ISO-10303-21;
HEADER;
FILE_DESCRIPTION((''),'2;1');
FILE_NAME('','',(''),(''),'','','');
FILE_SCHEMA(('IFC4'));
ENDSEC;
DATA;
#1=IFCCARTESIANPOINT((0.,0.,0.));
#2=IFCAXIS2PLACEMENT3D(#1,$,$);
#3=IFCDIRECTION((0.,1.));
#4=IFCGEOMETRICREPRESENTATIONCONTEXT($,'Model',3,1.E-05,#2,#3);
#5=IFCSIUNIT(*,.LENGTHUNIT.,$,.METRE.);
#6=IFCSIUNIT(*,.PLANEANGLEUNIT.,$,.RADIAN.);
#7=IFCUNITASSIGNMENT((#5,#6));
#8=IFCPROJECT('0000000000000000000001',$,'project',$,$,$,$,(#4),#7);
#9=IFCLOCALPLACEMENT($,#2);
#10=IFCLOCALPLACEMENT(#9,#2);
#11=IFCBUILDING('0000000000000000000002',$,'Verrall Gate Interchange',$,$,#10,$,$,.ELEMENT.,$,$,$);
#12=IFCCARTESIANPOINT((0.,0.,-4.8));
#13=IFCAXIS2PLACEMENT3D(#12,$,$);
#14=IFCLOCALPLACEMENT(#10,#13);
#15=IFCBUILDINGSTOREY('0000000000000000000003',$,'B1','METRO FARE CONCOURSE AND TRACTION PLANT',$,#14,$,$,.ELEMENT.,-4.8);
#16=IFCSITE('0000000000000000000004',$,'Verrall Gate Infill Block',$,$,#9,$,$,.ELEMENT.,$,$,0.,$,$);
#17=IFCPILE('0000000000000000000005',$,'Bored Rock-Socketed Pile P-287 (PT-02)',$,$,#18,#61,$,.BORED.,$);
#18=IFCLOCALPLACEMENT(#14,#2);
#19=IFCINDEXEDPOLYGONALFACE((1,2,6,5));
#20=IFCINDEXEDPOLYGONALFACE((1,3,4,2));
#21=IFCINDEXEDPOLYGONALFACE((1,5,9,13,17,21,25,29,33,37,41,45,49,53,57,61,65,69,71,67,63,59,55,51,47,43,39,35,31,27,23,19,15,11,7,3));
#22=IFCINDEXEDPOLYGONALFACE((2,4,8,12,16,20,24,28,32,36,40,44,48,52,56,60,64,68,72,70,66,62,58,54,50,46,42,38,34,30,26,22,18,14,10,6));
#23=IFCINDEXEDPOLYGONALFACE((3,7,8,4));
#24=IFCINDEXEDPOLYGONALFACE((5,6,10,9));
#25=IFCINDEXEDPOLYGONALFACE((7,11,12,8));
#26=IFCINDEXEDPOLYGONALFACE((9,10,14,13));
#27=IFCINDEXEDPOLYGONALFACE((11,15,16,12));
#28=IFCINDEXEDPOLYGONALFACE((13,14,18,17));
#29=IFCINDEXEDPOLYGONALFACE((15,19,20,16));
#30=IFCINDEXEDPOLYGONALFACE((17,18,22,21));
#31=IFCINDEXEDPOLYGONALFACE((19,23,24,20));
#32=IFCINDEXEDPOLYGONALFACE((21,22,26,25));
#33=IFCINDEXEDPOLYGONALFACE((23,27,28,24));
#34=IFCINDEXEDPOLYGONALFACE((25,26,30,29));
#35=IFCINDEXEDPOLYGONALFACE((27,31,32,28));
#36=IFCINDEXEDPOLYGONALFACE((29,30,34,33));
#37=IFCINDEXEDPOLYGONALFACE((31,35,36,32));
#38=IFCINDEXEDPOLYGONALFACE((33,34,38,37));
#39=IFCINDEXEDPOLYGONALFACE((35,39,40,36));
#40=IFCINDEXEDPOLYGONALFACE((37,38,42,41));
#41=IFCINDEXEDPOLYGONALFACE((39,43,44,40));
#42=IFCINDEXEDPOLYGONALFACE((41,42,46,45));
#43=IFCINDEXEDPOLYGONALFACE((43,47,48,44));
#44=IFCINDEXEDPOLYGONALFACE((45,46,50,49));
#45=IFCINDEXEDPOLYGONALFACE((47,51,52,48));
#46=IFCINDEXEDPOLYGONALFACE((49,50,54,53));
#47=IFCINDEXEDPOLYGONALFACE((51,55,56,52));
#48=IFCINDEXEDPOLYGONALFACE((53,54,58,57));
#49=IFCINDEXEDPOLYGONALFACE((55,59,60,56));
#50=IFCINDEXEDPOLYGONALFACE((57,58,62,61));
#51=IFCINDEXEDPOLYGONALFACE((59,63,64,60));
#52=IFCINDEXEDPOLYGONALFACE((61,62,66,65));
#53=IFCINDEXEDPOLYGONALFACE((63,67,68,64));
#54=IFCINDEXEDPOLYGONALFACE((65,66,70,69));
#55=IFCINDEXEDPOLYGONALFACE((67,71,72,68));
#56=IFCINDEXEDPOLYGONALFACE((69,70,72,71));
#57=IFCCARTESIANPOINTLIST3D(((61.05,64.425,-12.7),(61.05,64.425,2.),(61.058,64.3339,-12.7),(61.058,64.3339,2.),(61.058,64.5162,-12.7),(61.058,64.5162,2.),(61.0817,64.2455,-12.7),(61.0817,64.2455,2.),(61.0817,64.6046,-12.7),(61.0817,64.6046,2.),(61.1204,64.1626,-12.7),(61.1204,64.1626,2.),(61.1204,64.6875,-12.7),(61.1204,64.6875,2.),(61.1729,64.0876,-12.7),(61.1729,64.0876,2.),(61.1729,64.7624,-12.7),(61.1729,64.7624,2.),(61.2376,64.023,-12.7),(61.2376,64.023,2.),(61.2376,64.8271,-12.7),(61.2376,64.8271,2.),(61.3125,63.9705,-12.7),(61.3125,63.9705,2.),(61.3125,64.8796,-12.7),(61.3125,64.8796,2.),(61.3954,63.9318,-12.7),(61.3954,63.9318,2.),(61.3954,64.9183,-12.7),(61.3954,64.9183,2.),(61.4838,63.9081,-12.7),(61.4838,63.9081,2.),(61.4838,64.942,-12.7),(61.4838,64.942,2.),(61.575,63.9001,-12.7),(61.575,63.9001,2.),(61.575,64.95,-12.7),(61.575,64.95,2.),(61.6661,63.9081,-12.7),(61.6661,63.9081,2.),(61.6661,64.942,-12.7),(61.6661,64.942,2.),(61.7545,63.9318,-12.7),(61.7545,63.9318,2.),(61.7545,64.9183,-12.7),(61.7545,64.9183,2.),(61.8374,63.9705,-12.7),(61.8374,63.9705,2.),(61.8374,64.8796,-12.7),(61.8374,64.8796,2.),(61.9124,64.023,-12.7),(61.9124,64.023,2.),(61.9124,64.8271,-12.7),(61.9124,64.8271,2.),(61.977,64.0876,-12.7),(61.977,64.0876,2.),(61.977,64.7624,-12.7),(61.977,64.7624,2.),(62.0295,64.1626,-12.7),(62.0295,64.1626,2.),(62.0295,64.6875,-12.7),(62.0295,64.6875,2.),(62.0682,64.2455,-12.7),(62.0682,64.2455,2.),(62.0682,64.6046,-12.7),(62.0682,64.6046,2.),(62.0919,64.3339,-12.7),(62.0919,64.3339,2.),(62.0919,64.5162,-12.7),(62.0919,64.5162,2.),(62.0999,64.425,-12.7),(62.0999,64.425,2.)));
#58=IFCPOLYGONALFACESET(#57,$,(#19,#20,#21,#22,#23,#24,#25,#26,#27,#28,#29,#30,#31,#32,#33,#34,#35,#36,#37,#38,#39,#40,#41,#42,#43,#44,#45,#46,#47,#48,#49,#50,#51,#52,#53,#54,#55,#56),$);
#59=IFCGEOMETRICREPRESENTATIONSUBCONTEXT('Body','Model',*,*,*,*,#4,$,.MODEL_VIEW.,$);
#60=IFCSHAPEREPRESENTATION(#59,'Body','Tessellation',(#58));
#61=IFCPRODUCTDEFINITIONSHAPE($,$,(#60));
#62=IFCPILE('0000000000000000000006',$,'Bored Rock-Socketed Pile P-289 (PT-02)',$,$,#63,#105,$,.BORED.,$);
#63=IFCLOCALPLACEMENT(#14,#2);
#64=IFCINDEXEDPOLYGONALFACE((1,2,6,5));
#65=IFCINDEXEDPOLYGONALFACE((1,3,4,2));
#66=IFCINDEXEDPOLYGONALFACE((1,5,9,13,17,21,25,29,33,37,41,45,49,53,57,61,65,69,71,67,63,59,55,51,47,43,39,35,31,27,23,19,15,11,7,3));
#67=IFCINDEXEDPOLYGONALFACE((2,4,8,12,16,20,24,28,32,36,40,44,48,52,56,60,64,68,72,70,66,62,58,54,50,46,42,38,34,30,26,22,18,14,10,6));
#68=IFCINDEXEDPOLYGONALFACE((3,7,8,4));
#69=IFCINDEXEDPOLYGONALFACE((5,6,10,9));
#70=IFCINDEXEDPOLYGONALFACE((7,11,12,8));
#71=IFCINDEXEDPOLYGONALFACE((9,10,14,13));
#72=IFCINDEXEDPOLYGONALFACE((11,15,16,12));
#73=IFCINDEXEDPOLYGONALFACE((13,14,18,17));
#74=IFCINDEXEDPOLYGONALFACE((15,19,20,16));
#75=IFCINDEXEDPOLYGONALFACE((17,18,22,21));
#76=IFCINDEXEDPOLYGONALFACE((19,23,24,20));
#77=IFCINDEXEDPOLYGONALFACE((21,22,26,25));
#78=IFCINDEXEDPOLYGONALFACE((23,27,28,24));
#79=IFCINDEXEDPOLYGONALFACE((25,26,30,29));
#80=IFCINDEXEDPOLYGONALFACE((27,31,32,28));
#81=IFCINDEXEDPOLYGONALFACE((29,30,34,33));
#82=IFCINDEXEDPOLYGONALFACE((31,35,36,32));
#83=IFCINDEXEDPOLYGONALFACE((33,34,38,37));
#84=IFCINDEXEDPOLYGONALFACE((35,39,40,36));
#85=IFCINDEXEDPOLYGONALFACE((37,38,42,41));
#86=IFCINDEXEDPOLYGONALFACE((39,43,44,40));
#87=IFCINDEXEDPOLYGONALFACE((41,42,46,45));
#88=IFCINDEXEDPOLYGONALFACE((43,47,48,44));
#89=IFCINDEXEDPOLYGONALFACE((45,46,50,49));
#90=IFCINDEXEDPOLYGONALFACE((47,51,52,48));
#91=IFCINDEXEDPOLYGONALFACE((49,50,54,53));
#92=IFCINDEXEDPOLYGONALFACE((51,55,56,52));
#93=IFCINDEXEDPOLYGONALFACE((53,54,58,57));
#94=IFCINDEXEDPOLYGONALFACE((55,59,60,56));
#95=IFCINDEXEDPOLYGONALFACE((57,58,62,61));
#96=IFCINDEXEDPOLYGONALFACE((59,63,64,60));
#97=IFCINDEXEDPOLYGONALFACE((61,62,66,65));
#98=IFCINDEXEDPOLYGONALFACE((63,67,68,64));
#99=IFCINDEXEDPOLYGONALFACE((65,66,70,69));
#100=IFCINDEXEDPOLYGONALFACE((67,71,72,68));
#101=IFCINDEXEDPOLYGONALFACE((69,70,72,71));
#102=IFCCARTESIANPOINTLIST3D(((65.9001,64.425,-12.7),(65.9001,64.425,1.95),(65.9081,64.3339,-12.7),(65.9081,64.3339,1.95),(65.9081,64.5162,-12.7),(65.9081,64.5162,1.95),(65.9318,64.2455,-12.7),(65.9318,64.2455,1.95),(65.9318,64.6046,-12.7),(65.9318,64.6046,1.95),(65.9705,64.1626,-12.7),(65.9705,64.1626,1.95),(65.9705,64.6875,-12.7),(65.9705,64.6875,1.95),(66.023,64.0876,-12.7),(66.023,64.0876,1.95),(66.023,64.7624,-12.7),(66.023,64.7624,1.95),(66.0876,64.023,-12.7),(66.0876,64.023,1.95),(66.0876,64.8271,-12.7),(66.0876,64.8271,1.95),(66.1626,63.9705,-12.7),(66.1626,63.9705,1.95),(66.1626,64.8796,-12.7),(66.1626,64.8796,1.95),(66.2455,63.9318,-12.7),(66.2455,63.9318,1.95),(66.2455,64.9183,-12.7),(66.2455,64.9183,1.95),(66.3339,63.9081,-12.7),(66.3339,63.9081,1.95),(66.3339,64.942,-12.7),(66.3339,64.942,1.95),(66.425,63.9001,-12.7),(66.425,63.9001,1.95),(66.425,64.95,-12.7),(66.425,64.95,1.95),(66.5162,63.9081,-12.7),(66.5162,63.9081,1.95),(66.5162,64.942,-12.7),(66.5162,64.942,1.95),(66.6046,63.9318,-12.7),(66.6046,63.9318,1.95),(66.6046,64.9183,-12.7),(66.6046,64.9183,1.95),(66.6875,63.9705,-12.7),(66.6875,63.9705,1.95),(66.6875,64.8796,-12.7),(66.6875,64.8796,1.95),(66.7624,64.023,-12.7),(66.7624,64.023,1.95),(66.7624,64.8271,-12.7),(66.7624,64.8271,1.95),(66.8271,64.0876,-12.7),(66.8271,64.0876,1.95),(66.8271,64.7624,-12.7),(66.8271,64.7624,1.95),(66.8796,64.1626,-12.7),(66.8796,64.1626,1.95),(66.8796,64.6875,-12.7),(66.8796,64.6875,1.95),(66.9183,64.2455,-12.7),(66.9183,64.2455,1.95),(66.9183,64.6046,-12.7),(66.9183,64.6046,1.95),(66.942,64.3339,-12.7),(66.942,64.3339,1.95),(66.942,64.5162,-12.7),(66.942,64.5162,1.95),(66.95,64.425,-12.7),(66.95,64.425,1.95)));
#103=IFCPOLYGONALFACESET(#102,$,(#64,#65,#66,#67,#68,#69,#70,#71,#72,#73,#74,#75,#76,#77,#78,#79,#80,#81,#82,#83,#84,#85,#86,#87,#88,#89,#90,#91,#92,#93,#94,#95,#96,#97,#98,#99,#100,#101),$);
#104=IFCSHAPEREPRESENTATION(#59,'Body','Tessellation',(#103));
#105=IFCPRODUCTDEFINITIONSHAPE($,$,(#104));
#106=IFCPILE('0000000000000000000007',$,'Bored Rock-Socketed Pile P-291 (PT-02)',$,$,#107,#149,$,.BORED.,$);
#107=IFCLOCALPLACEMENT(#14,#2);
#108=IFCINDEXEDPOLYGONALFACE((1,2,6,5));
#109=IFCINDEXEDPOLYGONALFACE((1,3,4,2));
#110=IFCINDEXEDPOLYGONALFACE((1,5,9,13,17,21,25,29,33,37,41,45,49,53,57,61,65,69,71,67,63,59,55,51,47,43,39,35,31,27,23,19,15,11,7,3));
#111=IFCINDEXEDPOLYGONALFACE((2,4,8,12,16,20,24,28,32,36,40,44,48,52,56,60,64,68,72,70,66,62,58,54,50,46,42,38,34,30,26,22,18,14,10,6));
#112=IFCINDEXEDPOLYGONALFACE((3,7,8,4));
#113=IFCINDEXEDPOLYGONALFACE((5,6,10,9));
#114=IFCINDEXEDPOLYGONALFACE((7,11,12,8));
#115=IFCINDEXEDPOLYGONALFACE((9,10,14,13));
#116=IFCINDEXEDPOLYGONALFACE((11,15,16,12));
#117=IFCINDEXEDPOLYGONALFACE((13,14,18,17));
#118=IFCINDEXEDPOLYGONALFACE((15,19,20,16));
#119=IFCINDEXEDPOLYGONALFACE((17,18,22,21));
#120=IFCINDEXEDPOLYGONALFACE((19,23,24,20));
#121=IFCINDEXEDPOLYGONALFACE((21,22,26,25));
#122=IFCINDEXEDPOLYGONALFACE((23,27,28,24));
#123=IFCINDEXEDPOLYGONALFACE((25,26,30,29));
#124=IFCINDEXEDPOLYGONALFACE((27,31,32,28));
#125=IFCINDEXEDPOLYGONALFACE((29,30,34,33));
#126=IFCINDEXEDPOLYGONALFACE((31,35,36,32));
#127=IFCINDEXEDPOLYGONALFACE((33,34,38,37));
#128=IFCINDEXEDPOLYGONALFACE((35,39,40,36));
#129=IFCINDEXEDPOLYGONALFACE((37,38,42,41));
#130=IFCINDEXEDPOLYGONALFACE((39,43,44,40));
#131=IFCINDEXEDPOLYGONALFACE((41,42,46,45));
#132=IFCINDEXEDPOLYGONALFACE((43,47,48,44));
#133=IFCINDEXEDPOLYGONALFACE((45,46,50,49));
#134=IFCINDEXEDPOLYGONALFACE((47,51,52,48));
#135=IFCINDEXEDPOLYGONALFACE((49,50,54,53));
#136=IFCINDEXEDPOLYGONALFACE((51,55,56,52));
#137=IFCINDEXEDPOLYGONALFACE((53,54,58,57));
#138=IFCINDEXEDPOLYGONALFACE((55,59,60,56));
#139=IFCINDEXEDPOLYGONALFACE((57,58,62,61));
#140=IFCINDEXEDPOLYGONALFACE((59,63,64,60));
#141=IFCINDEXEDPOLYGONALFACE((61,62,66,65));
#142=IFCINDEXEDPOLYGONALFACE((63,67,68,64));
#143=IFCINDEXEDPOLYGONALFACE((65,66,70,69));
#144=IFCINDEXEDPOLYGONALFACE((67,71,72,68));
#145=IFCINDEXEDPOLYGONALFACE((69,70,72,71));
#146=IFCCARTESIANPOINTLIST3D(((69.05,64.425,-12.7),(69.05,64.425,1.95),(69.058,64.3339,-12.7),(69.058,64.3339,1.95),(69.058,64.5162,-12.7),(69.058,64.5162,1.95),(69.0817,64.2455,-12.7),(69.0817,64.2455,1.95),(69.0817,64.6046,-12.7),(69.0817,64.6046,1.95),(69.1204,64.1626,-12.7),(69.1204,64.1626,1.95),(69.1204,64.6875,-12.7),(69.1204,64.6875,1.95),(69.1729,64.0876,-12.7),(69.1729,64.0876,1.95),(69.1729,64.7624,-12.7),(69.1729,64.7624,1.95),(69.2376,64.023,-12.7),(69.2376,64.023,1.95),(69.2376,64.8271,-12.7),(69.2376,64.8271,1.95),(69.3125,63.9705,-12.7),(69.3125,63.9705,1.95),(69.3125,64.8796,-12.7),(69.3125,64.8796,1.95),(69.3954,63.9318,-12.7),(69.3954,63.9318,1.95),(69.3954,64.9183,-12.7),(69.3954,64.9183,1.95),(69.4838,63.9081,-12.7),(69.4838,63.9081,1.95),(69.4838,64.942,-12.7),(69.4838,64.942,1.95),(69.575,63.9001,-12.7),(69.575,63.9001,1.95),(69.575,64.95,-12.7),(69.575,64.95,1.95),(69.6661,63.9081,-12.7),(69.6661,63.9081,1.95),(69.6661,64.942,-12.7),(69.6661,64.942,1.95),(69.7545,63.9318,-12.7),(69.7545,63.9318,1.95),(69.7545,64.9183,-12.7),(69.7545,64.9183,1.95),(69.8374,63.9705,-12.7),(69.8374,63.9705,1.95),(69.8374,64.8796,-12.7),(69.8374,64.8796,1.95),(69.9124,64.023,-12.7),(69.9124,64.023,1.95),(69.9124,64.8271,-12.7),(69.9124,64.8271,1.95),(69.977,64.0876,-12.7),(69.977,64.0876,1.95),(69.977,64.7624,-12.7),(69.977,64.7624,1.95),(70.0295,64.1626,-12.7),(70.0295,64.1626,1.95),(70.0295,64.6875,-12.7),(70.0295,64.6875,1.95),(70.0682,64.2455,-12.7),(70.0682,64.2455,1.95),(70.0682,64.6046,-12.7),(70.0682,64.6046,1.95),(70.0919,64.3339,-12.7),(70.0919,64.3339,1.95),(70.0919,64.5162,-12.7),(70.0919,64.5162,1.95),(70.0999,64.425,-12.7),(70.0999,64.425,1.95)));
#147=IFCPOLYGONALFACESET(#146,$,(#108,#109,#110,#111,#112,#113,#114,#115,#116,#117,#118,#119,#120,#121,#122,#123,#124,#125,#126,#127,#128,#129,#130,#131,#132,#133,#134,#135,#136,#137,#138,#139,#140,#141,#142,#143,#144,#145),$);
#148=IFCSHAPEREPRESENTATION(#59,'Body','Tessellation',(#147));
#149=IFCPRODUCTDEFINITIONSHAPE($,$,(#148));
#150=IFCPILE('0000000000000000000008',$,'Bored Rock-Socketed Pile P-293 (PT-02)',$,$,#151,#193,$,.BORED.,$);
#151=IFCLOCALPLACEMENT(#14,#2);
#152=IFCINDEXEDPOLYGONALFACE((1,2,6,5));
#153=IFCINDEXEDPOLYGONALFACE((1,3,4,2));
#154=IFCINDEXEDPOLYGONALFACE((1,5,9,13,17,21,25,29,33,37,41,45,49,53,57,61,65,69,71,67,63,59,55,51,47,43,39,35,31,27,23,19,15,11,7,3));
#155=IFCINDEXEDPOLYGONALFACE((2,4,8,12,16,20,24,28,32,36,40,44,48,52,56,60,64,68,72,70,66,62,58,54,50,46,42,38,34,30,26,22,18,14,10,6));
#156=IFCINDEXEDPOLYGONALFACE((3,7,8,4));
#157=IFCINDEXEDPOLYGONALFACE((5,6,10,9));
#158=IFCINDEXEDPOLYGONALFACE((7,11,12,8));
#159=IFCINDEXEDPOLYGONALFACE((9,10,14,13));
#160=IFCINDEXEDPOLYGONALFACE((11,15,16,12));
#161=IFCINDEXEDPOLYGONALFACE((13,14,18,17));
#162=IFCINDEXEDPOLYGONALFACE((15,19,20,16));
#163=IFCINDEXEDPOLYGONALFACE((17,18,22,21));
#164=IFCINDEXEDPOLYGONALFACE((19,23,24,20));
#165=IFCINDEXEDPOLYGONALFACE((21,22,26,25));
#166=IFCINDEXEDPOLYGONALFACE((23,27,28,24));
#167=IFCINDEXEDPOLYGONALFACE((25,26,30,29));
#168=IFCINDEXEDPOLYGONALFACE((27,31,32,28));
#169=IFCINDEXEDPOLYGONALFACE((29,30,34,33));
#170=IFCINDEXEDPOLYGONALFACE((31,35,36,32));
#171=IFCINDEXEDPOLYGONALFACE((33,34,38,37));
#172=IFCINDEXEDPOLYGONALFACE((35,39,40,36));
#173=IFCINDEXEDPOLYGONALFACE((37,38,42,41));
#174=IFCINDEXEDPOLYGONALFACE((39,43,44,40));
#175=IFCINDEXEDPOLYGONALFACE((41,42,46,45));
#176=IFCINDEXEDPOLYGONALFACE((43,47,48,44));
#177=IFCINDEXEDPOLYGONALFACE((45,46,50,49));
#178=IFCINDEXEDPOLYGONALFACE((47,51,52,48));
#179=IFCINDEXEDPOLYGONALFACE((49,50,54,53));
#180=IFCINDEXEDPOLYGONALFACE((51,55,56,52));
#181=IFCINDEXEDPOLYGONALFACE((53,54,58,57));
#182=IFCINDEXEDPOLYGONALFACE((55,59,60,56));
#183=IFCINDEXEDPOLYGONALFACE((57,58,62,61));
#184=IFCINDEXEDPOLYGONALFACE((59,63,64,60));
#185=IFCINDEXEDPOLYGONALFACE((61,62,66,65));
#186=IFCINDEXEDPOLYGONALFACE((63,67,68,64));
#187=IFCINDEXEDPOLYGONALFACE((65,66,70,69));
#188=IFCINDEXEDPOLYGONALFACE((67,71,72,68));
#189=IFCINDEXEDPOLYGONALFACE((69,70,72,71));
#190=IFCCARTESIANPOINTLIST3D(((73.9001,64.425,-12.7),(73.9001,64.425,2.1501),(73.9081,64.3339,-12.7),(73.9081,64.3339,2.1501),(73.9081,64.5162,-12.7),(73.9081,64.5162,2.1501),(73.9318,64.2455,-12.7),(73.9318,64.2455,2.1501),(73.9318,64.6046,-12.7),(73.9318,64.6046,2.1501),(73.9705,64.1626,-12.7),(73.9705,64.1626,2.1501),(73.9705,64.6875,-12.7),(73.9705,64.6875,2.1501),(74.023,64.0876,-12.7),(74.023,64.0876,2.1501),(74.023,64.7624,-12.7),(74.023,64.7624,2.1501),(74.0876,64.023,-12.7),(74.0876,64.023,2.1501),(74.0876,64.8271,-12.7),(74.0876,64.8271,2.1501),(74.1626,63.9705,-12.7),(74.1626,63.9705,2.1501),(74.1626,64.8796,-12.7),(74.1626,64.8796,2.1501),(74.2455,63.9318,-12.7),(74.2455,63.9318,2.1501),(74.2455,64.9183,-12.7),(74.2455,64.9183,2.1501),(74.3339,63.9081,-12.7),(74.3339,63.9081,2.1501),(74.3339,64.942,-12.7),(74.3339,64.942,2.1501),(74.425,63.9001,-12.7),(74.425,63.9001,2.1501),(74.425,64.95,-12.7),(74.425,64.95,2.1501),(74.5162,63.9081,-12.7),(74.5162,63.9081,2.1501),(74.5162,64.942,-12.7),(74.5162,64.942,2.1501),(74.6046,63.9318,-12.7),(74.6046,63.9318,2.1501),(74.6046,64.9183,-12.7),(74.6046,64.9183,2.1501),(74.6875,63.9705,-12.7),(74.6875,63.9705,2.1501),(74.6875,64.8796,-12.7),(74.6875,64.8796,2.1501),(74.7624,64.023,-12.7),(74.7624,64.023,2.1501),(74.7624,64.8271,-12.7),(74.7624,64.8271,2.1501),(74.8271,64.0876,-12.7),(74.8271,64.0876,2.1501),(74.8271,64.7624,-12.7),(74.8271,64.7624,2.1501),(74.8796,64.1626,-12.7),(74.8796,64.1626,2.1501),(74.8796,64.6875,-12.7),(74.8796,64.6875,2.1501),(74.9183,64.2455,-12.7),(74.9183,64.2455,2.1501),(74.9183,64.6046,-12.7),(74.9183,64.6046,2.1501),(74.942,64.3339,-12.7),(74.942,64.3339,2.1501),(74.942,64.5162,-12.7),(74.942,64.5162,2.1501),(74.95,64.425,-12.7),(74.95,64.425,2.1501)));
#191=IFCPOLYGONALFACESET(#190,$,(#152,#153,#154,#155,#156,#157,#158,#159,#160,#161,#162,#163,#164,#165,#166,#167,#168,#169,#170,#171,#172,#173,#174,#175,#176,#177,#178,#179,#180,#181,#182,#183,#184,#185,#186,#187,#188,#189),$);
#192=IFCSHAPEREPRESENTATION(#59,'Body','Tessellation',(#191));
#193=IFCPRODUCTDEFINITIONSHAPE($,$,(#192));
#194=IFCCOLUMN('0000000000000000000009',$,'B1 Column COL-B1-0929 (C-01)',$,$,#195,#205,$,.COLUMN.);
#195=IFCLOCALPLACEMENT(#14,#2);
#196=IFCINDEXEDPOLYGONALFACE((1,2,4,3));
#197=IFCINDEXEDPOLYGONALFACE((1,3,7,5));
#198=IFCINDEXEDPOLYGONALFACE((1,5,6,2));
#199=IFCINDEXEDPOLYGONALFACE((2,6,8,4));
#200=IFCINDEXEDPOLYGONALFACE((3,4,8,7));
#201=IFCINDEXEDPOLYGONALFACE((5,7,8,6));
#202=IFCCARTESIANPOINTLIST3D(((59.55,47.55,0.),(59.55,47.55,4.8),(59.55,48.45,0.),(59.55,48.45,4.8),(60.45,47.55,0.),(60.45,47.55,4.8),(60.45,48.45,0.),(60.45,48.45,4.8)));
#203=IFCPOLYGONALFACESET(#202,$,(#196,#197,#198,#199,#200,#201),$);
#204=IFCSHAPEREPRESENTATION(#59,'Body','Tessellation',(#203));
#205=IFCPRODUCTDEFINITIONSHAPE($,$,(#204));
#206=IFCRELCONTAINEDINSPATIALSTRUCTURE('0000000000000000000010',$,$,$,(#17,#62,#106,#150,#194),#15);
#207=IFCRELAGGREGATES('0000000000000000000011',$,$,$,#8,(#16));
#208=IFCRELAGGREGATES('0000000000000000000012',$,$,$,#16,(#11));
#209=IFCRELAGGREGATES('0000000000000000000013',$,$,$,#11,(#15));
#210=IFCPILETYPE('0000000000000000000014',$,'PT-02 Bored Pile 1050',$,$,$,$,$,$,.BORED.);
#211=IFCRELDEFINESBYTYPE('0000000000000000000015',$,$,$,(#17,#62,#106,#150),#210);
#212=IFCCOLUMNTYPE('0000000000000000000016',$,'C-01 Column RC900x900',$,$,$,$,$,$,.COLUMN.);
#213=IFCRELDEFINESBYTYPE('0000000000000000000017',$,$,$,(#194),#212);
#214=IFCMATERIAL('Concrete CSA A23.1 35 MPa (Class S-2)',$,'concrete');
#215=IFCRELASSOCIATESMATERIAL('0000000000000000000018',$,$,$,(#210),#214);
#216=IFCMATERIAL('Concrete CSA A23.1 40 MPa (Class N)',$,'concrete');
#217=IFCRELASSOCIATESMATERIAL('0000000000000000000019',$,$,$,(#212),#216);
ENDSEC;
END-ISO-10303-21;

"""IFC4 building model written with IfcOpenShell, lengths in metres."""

from ifc_helpers import new_model, si_unit, direction, frame, origin, origin_2d, place, context, subcontext, project, spatial, rectangle, circle, extrude, material, material_profile, profile_set, type_object, element, save


model = new_model("IFC4")

# Units and contexts
model_context = context("Model", 3, precision=1e-05, world=origin(), true_north=direction((0.0, 1.0)))
body_context = subcontext(model_context, "Body", "Model", "MODEL_VIEW")
ifc_project = project(units=[si_unit("LENGTHUNIT", "METRE"), si_unit("PLANEANGLEUNIT", "RADIAN")], contexts=[model_context])

# Site, building, storey
site_placement = place(None, origin())
site = spatial("IfcSite", under=ifc_project, at=site_placement, Name="Verrall Gate Infill Block", CompositionType="ELEMENT", RefElevation=0.0)
building_placement = place(site_placement, origin())
building = spatial("IfcBuilding", under=site, at=building_placement, Name="Verrall Gate Interchange", CompositionType="ELEMENT")
storey_placement = place(building_placement, frame((0.0, 0.0, -4.8)))
storey = spatial("IfcBuildingStorey", under=building, at=storey_placement, Name="B1", Description="METRO FARE CONCOURSE AND TRACTION PLANT", CompositionType="ELEMENT", Elevation=-4.8)

# Piles
ifc_material_1 = material(Name="Concrete CSA A23.1 35 MPa (Class S-2)", Category="concrete")
ifc_material_profile_1 = material_profile(ifc_material_1, circle(Radius=0.5249, at=origin_2d()), Name="PILE1050D")
ifc_profile_set_1 = profile_set([ifc_material_profile_1], Name="Concrete CSA A23.1 35 MPa (Class S-2)")
pile_type = type_object("IfcPileType", Name="PT-02 Bored Pile 1050", PredefinedType="BORED", material=ifc_profile_set_1)
pile_1_placement = place(storey_placement, frame((61.575, 64.425, 2.0), z_axis=(0.0, 0.0, -1.0), x_axis=(1.0, 0.0, 0.0)))
element("IfcPile", 1, at=pile_1_placement, inside=storey, type_object=pile_type, Name="Bored Rock-Socketed Pile P-287 (PT-02)", PredefinedType="BORED", context=body_context, shape_type="SweptSolid", body=[
    extrude(circle(Radius=0.5249, at=origin_2d()), origin(), (0.0, 0.0, 1.0), 14.7),
])
for number, where, z_axis, x_axis, name in (
    (2, (66.425, 64.425, 1.95), (0.0, 0.0, -1.0), (1.0, 0.0, 0.0), "Bored Rock-Socketed Pile P-289 (PT-02)"),
    (3, (69.575, 64.425, 1.95), (0.0, 0.0, -1.0), (1.0, 0.0, 0.0), "Bored Rock-Socketed Pile P-291 (PT-02)"),
):
    element("IfcPile", number, at=place(storey_placement, frame(where, z_axis=z_axis, x_axis=x_axis)), inside=storey, type_object=pile_type, Name=name, PredefinedType="BORED", context=body_context, shape_type="SweptSolid", body=[
        extrude(circle(Radius=0.5249, at=origin_2d()), origin(), (0.0, 0.0, 1.0), 14.6499),
    ])
pile_2_placement = place(storey_placement, frame((74.425, 64.425, 2.1501), z_axis=(0.0, 0.0, -1.0), x_axis=(1.0, 0.0, 0.0)))
element("IfcPile", 4, at=pile_2_placement, inside=storey, type_object=pile_type, Name="Bored Rock-Socketed Pile P-293 (PT-02)", PredefinedType="BORED", context=body_context, shape_type="SweptSolid", body=[
    extrude(circle(Radius=0.5249, at=origin_2d()), origin(), (0.0, 0.0, 1.0), 14.8501),
])

# Column
ifc_material_2 = material(Name="Concrete CSA A23.1 40 MPa (Class N)", Category="concrete")
ifc_material_profile_2 = material_profile(ifc_material_2, rectangle(XDim=0.8999, YDim=0.8999, at=origin_2d()), Name="RC900x900")
ifc_profile_set_2 = profile_set([ifc_material_profile_2], Name="Concrete CSA A23.1 40 MPa (Class N)")
column_type_1 = type_object("IfcColumnType", Name="C-01 Column RC900x900", PredefinedType="COLUMN", material=ifc_profile_set_2)
for number, where, z_axis, x_axis, name in (
    (5, (60.0, 48.0, 0.0), (0.0, 0.0, 1.0), (1.0, 0.0, 0.0), "B1 Column COL-B1-0929 (C-01)"),
):
    element("IfcColumn", number, at=place(storey_placement, frame(where, z_axis=z_axis, x_axis=x_axis)), inside=storey, type_object=column_type_1, Name=name, PredefinedType="COLUMN", context=body_context, shape_type="SweptSolid", body=[
        extrude(rectangle(XDim=0.8999, YDim=0.8999, at=origin_2d()), origin(), (0.0, 0.0, 1.0), 4.8),
    ])

save(model, "model.ifc")
